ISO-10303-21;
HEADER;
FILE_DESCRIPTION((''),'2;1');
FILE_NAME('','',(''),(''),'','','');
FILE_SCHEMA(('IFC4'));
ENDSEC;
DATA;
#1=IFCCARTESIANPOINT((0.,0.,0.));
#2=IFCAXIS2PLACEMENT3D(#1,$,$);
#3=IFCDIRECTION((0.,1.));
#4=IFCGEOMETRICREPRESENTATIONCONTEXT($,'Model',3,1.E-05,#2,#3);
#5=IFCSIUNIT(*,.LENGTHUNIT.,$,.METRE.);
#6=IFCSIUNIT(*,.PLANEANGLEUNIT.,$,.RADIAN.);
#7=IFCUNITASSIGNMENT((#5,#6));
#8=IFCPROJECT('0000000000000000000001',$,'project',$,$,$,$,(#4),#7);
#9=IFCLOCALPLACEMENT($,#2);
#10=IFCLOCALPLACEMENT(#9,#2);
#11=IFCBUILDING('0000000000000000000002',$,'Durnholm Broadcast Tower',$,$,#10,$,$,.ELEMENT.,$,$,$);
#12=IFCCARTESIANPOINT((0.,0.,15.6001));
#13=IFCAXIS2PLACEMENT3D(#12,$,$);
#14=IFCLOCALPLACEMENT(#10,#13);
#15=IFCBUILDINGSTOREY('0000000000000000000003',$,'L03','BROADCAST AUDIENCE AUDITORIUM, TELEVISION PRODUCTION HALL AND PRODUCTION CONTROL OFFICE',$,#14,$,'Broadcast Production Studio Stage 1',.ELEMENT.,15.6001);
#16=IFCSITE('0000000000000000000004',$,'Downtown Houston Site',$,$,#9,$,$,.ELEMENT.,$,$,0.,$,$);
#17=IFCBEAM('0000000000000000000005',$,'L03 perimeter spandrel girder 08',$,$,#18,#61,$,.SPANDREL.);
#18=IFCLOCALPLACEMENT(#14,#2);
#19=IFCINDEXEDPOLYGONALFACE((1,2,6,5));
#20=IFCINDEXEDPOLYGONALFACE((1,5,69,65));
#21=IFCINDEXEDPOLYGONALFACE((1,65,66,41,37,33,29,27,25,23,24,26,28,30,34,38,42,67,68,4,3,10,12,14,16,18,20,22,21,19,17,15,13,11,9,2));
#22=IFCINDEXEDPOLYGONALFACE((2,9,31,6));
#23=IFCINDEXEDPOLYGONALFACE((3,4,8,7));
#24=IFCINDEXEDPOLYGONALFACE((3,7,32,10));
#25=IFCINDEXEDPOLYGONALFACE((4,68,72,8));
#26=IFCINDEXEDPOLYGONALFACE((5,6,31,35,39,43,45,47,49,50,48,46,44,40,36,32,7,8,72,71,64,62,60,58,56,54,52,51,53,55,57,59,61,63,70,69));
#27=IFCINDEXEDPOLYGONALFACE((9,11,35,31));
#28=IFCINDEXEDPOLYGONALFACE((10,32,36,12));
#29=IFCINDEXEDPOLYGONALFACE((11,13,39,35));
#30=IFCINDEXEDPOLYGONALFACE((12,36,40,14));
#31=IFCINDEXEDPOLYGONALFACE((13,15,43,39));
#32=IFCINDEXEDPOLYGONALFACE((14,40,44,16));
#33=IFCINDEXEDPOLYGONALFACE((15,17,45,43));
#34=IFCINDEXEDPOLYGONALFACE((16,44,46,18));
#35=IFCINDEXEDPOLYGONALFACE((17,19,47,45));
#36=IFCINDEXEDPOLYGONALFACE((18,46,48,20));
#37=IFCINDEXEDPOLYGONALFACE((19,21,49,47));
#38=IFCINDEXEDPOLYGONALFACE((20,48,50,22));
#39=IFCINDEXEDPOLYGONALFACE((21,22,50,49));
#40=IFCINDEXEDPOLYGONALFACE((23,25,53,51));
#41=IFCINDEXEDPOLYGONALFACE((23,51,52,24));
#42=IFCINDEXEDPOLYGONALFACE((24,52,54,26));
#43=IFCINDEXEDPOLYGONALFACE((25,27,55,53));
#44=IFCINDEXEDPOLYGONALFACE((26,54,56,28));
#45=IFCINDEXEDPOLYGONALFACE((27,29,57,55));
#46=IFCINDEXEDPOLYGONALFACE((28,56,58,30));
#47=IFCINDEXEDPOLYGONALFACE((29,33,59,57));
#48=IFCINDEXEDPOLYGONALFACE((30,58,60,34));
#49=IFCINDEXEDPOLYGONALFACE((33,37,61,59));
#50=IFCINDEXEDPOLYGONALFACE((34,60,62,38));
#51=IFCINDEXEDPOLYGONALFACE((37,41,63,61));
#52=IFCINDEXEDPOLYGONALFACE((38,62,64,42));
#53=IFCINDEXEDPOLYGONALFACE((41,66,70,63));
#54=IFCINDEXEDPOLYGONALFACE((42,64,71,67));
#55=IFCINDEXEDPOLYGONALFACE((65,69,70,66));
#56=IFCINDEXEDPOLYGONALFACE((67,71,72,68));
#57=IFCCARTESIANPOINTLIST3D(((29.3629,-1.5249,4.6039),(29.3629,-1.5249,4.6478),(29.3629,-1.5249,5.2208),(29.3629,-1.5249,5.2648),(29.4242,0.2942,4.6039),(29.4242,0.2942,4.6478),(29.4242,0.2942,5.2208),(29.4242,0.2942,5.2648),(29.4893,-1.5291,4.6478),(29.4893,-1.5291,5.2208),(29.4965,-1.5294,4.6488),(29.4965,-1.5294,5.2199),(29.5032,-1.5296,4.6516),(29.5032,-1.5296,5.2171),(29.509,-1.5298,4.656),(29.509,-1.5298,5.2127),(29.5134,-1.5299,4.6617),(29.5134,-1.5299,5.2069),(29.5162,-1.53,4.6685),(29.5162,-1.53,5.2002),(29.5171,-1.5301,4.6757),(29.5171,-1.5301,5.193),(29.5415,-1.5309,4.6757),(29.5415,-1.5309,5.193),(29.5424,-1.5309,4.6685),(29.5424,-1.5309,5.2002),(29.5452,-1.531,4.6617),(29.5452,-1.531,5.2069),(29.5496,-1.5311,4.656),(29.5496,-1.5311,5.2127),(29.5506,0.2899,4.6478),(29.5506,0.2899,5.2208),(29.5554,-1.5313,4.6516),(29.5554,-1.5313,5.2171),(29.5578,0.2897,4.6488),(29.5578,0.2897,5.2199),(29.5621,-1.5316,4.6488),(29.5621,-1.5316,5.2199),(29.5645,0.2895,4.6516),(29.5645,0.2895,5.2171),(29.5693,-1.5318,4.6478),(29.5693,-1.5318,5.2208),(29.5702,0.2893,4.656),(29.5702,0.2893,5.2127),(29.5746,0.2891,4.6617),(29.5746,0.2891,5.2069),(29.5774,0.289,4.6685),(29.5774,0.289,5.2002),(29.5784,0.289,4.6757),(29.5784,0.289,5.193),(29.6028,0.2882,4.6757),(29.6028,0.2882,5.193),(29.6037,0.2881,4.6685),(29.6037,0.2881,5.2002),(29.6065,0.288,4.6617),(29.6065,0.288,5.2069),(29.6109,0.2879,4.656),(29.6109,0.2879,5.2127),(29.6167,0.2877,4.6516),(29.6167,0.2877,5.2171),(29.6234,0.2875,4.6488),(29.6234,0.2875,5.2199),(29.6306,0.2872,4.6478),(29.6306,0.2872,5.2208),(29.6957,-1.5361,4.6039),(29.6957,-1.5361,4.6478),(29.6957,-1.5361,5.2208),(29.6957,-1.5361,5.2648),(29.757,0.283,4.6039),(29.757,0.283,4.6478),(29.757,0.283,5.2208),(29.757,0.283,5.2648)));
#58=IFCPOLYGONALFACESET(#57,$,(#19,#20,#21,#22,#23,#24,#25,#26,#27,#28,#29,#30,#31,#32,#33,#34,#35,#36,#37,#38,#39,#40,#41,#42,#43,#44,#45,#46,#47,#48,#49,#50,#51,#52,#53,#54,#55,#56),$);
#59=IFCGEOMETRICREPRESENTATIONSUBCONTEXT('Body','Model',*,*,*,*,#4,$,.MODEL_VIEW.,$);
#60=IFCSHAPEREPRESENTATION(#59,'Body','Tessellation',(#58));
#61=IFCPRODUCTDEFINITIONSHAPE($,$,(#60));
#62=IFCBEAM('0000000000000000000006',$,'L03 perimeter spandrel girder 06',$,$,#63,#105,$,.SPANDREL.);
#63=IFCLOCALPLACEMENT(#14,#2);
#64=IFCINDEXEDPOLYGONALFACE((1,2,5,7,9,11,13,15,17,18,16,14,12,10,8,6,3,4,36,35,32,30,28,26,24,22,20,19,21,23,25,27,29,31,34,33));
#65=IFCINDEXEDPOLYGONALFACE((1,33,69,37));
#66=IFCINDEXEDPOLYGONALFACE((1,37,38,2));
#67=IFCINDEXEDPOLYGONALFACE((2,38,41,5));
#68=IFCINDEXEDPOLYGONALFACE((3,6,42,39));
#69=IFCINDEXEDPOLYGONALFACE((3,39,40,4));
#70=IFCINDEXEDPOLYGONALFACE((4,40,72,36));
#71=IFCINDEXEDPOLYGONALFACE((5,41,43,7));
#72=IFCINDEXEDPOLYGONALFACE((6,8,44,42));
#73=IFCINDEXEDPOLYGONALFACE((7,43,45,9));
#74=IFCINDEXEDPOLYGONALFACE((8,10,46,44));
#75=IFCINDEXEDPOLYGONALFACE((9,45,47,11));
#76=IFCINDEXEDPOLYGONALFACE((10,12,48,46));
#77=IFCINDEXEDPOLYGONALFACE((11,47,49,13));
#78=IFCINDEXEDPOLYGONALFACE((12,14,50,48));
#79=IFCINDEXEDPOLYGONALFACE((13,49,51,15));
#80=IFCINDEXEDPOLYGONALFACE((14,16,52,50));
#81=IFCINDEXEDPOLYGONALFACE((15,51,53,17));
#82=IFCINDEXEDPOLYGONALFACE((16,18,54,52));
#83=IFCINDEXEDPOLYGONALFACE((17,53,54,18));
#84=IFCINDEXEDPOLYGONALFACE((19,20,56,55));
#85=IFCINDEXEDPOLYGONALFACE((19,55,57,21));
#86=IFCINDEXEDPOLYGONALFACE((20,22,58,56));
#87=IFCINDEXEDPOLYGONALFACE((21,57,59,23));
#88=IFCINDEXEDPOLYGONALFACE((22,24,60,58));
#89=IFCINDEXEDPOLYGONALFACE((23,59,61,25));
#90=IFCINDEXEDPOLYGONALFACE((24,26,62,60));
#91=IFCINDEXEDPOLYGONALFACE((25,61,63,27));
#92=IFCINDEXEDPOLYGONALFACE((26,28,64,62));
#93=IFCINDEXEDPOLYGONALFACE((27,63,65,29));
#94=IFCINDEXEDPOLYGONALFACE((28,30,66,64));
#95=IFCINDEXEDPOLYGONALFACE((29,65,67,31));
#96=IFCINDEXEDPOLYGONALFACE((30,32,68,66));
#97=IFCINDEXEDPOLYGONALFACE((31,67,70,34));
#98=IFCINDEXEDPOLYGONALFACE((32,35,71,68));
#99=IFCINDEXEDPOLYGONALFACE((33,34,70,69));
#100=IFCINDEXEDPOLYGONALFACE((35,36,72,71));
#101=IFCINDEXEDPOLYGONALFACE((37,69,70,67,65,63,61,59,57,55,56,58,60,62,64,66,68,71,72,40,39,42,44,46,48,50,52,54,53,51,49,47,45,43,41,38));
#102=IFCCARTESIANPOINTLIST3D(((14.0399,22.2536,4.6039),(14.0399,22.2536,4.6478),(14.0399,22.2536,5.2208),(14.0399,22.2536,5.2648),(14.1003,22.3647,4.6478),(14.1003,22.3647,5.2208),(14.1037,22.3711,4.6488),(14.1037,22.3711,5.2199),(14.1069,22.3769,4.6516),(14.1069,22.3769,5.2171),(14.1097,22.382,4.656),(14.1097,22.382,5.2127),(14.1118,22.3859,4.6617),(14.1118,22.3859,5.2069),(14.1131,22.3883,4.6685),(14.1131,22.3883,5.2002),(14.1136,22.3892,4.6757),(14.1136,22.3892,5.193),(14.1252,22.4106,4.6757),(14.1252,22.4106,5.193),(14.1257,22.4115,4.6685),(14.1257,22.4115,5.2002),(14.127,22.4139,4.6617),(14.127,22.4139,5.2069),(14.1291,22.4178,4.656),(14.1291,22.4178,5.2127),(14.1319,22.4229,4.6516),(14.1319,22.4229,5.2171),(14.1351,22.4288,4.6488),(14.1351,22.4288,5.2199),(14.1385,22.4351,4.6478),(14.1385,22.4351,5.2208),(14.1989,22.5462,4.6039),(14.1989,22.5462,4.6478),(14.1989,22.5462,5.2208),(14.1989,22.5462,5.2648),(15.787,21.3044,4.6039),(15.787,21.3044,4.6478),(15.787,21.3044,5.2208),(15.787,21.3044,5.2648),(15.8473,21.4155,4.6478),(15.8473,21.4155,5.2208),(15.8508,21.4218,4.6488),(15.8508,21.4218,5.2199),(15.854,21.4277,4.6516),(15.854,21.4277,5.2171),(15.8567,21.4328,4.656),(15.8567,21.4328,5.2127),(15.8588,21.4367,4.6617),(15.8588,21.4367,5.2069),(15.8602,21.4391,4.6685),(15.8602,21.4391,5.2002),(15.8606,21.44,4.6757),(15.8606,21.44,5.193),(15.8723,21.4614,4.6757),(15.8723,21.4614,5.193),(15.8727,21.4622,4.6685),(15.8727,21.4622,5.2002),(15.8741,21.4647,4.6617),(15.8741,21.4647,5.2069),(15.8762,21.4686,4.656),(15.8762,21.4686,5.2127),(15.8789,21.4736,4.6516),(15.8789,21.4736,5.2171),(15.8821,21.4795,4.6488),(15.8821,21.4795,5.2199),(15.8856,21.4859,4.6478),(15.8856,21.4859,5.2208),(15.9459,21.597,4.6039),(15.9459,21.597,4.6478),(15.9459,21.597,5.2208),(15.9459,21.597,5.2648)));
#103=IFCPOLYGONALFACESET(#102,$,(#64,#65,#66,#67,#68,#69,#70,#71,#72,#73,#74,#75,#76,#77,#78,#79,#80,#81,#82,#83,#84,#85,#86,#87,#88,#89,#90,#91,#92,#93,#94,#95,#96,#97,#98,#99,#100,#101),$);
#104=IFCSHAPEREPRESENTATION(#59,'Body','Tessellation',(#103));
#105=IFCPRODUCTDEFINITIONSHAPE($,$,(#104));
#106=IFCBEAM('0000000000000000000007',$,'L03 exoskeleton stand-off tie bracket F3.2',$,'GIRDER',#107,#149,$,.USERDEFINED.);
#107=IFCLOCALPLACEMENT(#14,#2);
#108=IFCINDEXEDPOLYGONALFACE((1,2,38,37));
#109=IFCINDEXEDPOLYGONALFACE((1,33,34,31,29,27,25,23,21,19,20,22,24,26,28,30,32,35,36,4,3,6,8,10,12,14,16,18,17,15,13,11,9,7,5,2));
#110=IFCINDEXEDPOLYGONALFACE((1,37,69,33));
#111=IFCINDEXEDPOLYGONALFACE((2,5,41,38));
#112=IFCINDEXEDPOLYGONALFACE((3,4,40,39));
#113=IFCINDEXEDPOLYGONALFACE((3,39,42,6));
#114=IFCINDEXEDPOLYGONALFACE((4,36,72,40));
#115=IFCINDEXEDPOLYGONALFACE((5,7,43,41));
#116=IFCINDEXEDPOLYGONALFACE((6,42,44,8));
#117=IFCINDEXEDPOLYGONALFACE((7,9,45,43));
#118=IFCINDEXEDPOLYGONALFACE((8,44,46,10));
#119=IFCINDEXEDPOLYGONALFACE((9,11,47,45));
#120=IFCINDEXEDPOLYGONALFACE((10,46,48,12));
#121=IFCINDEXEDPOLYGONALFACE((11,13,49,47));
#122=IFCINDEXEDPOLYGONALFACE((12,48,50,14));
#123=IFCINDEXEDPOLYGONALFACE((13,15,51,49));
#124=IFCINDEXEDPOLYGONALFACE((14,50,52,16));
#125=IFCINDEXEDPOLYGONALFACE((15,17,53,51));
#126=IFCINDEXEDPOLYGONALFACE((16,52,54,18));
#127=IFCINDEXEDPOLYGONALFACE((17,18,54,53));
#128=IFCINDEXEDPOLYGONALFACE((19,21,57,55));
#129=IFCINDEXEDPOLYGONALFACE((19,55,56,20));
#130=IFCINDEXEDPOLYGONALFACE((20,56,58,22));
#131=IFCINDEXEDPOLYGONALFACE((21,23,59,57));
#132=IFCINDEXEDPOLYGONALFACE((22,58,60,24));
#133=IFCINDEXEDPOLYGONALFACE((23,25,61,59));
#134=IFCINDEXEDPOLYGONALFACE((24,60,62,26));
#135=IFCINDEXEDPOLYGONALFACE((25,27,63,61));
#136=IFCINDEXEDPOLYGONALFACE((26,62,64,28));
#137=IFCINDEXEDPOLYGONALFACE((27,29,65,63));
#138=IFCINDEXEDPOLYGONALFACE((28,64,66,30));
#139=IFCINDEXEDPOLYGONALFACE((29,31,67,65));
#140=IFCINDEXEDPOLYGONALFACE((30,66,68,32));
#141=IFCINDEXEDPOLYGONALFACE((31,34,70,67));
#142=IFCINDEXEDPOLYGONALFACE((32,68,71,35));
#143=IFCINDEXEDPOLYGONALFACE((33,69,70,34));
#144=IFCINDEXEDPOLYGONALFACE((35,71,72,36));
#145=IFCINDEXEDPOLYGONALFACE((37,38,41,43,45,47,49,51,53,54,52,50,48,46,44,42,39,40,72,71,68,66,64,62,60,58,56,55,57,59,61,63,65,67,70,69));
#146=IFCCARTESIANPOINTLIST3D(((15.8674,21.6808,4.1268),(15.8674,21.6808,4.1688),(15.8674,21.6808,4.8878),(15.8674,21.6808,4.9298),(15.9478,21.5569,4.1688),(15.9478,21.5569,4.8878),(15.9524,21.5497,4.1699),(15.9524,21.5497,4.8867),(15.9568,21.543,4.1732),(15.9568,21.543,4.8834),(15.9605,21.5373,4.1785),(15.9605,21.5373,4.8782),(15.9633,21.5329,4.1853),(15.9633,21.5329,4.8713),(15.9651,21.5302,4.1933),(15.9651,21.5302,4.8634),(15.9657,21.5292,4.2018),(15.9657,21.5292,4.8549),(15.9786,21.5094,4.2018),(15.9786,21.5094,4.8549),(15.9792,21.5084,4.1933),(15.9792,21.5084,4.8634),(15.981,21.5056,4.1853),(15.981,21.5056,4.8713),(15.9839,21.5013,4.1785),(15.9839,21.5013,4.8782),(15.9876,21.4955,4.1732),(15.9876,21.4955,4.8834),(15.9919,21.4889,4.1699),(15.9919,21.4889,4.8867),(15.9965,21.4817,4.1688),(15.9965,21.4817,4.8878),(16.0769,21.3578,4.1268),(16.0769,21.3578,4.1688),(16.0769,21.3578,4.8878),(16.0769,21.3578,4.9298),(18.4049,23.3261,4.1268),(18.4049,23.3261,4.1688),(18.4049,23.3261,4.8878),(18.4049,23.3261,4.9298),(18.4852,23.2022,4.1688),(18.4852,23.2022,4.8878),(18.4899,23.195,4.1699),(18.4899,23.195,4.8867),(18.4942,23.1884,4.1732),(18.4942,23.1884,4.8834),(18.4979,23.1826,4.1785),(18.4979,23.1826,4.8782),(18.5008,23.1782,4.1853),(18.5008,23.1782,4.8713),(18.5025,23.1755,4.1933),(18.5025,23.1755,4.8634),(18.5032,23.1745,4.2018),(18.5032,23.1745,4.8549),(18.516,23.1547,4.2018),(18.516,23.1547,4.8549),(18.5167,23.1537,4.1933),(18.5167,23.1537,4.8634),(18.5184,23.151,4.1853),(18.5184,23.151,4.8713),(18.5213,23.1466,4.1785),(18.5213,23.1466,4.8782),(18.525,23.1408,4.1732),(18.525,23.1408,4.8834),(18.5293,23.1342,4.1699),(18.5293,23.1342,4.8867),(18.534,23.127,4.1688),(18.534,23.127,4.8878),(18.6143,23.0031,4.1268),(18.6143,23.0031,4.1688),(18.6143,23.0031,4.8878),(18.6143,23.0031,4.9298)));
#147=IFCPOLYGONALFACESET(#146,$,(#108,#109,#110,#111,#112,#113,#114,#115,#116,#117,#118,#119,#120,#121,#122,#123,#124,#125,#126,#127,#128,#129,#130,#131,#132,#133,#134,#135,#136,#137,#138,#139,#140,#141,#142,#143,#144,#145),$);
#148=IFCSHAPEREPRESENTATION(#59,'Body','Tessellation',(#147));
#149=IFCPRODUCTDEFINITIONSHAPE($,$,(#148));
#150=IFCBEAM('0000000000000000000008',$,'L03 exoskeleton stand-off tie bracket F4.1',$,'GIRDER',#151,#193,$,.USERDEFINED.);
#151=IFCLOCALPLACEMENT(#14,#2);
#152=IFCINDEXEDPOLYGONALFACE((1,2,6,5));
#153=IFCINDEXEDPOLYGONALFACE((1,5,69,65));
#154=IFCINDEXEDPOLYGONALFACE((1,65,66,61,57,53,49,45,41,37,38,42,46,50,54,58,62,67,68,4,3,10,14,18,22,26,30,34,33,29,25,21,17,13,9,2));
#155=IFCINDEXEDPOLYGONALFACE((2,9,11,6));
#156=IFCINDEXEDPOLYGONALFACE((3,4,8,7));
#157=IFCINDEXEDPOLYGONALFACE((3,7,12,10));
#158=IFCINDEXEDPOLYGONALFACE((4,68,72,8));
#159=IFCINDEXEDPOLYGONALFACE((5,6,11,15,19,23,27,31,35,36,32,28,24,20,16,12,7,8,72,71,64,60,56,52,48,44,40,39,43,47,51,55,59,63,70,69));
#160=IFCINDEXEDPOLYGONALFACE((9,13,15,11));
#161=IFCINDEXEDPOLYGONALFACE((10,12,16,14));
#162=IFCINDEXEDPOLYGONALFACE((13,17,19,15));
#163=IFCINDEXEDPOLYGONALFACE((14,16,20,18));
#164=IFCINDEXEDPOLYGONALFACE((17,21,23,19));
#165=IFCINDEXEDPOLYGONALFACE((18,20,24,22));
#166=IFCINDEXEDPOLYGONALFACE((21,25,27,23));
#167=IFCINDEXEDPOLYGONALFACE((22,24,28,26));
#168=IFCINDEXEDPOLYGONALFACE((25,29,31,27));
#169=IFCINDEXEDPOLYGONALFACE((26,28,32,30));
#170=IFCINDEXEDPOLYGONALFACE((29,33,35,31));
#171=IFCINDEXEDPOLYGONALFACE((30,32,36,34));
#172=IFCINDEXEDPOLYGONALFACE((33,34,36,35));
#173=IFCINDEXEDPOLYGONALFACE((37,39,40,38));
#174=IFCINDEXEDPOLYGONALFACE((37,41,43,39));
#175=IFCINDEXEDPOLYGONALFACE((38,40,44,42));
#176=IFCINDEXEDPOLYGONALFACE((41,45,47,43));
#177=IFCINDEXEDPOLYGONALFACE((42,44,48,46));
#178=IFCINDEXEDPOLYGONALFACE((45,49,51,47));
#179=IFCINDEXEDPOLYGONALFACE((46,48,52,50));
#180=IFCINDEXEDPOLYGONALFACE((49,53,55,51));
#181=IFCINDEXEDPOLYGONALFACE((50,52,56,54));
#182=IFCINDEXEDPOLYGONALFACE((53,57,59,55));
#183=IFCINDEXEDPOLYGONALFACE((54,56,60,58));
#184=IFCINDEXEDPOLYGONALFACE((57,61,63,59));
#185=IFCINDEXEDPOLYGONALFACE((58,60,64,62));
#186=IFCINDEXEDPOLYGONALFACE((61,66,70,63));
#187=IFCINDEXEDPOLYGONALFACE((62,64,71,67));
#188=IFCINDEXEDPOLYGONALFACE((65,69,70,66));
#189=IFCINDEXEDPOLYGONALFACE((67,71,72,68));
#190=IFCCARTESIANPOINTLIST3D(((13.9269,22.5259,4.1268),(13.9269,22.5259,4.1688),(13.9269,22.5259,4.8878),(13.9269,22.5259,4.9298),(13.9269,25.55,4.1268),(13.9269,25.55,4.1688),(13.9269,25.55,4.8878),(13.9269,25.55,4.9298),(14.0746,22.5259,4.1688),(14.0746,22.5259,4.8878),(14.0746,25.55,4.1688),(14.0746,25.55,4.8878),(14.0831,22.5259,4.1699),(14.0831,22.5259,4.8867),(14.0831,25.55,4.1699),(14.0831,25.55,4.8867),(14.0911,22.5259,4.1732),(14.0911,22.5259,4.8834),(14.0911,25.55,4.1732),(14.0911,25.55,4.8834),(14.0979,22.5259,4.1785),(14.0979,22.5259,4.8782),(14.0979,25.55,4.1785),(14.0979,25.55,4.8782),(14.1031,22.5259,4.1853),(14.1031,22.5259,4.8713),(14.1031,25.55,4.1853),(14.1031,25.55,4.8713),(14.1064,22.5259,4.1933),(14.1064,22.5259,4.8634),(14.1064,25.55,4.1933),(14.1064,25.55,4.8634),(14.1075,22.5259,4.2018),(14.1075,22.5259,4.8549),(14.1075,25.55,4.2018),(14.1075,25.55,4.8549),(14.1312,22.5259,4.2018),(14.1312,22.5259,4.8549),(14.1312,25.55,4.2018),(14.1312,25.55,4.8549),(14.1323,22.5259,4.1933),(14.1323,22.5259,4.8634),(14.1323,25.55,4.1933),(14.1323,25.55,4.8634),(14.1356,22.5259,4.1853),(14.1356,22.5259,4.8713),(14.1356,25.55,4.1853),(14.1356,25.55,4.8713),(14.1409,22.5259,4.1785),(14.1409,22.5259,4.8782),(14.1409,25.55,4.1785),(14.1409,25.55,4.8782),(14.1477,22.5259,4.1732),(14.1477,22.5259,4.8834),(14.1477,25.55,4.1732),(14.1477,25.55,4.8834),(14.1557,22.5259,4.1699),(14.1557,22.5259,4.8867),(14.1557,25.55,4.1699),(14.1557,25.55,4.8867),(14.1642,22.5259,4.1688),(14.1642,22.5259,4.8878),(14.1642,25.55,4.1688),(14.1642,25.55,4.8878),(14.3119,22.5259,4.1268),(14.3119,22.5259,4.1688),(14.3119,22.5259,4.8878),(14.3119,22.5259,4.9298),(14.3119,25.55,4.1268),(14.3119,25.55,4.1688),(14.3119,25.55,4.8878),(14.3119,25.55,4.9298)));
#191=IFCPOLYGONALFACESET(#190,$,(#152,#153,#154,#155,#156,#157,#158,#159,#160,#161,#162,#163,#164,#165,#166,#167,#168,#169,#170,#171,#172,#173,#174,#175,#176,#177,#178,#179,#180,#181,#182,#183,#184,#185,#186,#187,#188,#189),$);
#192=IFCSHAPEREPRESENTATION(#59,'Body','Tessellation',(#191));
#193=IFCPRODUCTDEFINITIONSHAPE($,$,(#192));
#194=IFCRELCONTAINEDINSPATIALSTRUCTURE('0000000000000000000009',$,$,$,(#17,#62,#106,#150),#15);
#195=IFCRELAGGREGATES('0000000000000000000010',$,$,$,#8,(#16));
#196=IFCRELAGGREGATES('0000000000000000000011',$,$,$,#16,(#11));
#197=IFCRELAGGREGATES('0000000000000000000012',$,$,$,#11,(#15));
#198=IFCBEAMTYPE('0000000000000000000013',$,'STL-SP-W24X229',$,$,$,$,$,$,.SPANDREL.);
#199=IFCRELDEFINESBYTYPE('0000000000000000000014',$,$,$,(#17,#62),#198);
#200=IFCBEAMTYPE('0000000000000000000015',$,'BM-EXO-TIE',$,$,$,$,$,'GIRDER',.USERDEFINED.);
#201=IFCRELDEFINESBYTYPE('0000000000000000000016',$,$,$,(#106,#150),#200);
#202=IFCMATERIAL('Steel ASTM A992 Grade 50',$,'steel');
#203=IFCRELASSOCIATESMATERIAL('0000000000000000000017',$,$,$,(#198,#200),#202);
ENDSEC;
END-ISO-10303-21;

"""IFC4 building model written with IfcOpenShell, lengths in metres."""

from ifc_helpers import new_model, si_unit, direction, frame, origin, origin_2d, place, context, subcontext, project, spatial, i_section, extrude, source, transform, mapped, material, material_profile, profile_set, type_object, element, save


model = new_model("IFC4")

# Units and contexts
model_context = context("Model", 3, precision=1e-05, world=origin(), true_north=direction((0.0, 1.0)))
body_context = subcontext(model_context, "Body", "Model", "MODEL_VIEW")
ifc_project = project(units=[si_unit("LENGTHUNIT", "METRE"), si_unit("PLANEANGLEUNIT", "RADIAN")], contexts=[model_context])

# Site, building, storey
site_placement = place(None, origin())
site = spatial("IfcSite", under=ifc_project, at=site_placement, Name="Downtown Houston Site", CompositionType="ELEMENT", RefElevation=0.0)
building_placement = place(site_placement, origin())
building = spatial("IfcBuilding", under=site, at=building_placement, Name="Durnholm Broadcast Tower", CompositionType="ELEMENT")
storey_placement = place(building_placement, frame((0.0, 0.0, 15.6001)))
storey = spatial("IfcBuildingStorey", under=building, at=storey_placement, Name="L03", Description="BROADCAST AUDIENCE AUDITORIUM, TELEVISION PRODUCTION HALL AND PRODUCTION CONTROL OFFICE", LongName="Broadcast Production Studio Stage 1", CompositionType="ELEMENT", Elevation=15.6001)

# Beams
ifc_material_1 = material(Name="Steel ASTM A992 Grade 50", Category="steel")
ifc_material_profile_1 = material_profile(ifc_material_1, i_section(OverallWidth=0.333, OverallDepth=0.6609, WebThickness=0.0244, FlangeThickness=0.0439, FilletRadius=0.0278, at=origin_2d()), Name="W24X229")
ifc_profile_set_1 = profile_set([ifc_material_profile_1], Name="Steel ASTM A992 Grade 50")
beam_type_1 = type_object("IfcBeamType", Name="STL-SP-W24X229", PredefinedType="SPANDREL", material=ifc_profile_set_1)
shared_shape_1 = source(origin(), body_context, "Body", "SweptSolid", [
    extrude(i_section(OverallWidth=0.333, OverallDepth=0.6609, WebThickness=0.0244, FlangeThickness=0.0439, FilletRadius=0.0278, at=origin_2d()), origin(), (0.0, 0.0, 1.0), 1.8201),
])
beam_1_placement = place(storey_placement, frame((29.5906, 0.2886, 4.9343), z_axis=(-0.033668, -0.999433, 0.0), x_axis=(0.999433, -0.033668, 0.0)))
element("IfcBeam", 1, at=beam_1_placement, inside=storey, type_object=beam_type_1, Name="L03 perimeter spandrel girder 08", PredefinedType="SPANDREL", context=body_context, shape_type="MappedRepresentation", body=[
    mapped(shared_shape_1, transform((0.0, 0.0, 0.0), x_axis=(1.0, 0.0, 0.0), y_axis=(0.0, 1.0, 0.0), z_axis=(0.0, 0.0, 1.0), scale=1.0)),
])
shared_shape_2 = source(origin(), body_context, "Body", "SweptSolid", [
    extrude(i_section(OverallWidth=0.333, OverallDepth=0.6609, WebThickness=0.0244, FlangeThickness=0.0439, FilletRadius=0.0278, at=origin_2d()), origin(), (0.0, 0.0, 1.0), 1.9883),
])
beam_2_placement = place(storey_placement, frame((14.1194, 22.3999, 4.9343), z_axis=(0.878683, -0.477406, 0.0), x_axis=(0.477406, 0.878683, 0.0)))
element("IfcBeam", 2, at=beam_2_placement, inside=storey, type_object=beam_type_1, Name="L03 perimeter spandrel girder 06", PredefinedType="SPANDREL", context=body_context, shape_type="MappedRepresentation", body=[
    mapped(shared_shape_2, transform((0.0, 0.0, 0.0), x_axis=(1.0, 0.0, 0.0), y_axis=(0.0, 1.0, 0.0), z_axis=(0.0, 0.0, 1.0), scale=1.0)),
])
ifc_material_profile_2 = material_profile(ifc_material_1, i_section(OverallWidth=0.385, OverallDepth=0.803, WebThickness=0.0237, FlangeThickness=0.042, FilletRadius=0.033, at=origin_2d()), Name="W30X261")
ifc_profile_set_2 = profile_set([ifc_material_profile_2], Name="Steel ASTM A992 Grade 50")
beam_type_2 = type_object("IfcBeamType", Name="BM-EXO-TIE", ElementType="GIRDER", PredefinedType="USERDEFINED", material=ifc_profile_set_2)
shared_shape_3 = source(origin(), body_context, "Body", "SweptSolid", [
    extrude(i_section(OverallWidth=0.385, OverallDepth=0.803, WebThickness=0.0237, FlangeThickness=0.042, FilletRadius=0.033, at=origin_2d()), origin(), (0.0, 0.0, 1.0), 3.0242),
])
for number, where, z_axis, x_axis, name in (
    (3, (15.9722, 21.5193, 4.5283), (0.83905, 0.544054, 0.0), (-0.544054, 0.83905, 0.0), "L03 exoskeleton stand-off tie bracket F3.2"),
    (4, (14.1194, 22.5259, 4.5283), (0.0, 1.0, 0.0), (-1.0, 0.0, 0.0), "L03 exoskeleton stand-off tie bracket F4.1"),
):
    element("IfcBeam", number, at=place(storey_placement, frame(where, z_axis=z_axis, x_axis=x_axis)), inside=storey, type_object=beam_type_2, Name=name, ObjectType="GIRDER", PredefinedType="USERDEFINED", context=body_context, shape_type="MappedRepresentation", body=[
        mapped(shared_shape_3, transform((0.0, 0.0, 0.0), x_axis=(1.0, 0.0, 0.0), y_axis=(0.0, 1.0, 0.0), z_axis=(0.0, 0.0, 1.0), scale=1.0)),
    ])

save(model, "model.ifc")
